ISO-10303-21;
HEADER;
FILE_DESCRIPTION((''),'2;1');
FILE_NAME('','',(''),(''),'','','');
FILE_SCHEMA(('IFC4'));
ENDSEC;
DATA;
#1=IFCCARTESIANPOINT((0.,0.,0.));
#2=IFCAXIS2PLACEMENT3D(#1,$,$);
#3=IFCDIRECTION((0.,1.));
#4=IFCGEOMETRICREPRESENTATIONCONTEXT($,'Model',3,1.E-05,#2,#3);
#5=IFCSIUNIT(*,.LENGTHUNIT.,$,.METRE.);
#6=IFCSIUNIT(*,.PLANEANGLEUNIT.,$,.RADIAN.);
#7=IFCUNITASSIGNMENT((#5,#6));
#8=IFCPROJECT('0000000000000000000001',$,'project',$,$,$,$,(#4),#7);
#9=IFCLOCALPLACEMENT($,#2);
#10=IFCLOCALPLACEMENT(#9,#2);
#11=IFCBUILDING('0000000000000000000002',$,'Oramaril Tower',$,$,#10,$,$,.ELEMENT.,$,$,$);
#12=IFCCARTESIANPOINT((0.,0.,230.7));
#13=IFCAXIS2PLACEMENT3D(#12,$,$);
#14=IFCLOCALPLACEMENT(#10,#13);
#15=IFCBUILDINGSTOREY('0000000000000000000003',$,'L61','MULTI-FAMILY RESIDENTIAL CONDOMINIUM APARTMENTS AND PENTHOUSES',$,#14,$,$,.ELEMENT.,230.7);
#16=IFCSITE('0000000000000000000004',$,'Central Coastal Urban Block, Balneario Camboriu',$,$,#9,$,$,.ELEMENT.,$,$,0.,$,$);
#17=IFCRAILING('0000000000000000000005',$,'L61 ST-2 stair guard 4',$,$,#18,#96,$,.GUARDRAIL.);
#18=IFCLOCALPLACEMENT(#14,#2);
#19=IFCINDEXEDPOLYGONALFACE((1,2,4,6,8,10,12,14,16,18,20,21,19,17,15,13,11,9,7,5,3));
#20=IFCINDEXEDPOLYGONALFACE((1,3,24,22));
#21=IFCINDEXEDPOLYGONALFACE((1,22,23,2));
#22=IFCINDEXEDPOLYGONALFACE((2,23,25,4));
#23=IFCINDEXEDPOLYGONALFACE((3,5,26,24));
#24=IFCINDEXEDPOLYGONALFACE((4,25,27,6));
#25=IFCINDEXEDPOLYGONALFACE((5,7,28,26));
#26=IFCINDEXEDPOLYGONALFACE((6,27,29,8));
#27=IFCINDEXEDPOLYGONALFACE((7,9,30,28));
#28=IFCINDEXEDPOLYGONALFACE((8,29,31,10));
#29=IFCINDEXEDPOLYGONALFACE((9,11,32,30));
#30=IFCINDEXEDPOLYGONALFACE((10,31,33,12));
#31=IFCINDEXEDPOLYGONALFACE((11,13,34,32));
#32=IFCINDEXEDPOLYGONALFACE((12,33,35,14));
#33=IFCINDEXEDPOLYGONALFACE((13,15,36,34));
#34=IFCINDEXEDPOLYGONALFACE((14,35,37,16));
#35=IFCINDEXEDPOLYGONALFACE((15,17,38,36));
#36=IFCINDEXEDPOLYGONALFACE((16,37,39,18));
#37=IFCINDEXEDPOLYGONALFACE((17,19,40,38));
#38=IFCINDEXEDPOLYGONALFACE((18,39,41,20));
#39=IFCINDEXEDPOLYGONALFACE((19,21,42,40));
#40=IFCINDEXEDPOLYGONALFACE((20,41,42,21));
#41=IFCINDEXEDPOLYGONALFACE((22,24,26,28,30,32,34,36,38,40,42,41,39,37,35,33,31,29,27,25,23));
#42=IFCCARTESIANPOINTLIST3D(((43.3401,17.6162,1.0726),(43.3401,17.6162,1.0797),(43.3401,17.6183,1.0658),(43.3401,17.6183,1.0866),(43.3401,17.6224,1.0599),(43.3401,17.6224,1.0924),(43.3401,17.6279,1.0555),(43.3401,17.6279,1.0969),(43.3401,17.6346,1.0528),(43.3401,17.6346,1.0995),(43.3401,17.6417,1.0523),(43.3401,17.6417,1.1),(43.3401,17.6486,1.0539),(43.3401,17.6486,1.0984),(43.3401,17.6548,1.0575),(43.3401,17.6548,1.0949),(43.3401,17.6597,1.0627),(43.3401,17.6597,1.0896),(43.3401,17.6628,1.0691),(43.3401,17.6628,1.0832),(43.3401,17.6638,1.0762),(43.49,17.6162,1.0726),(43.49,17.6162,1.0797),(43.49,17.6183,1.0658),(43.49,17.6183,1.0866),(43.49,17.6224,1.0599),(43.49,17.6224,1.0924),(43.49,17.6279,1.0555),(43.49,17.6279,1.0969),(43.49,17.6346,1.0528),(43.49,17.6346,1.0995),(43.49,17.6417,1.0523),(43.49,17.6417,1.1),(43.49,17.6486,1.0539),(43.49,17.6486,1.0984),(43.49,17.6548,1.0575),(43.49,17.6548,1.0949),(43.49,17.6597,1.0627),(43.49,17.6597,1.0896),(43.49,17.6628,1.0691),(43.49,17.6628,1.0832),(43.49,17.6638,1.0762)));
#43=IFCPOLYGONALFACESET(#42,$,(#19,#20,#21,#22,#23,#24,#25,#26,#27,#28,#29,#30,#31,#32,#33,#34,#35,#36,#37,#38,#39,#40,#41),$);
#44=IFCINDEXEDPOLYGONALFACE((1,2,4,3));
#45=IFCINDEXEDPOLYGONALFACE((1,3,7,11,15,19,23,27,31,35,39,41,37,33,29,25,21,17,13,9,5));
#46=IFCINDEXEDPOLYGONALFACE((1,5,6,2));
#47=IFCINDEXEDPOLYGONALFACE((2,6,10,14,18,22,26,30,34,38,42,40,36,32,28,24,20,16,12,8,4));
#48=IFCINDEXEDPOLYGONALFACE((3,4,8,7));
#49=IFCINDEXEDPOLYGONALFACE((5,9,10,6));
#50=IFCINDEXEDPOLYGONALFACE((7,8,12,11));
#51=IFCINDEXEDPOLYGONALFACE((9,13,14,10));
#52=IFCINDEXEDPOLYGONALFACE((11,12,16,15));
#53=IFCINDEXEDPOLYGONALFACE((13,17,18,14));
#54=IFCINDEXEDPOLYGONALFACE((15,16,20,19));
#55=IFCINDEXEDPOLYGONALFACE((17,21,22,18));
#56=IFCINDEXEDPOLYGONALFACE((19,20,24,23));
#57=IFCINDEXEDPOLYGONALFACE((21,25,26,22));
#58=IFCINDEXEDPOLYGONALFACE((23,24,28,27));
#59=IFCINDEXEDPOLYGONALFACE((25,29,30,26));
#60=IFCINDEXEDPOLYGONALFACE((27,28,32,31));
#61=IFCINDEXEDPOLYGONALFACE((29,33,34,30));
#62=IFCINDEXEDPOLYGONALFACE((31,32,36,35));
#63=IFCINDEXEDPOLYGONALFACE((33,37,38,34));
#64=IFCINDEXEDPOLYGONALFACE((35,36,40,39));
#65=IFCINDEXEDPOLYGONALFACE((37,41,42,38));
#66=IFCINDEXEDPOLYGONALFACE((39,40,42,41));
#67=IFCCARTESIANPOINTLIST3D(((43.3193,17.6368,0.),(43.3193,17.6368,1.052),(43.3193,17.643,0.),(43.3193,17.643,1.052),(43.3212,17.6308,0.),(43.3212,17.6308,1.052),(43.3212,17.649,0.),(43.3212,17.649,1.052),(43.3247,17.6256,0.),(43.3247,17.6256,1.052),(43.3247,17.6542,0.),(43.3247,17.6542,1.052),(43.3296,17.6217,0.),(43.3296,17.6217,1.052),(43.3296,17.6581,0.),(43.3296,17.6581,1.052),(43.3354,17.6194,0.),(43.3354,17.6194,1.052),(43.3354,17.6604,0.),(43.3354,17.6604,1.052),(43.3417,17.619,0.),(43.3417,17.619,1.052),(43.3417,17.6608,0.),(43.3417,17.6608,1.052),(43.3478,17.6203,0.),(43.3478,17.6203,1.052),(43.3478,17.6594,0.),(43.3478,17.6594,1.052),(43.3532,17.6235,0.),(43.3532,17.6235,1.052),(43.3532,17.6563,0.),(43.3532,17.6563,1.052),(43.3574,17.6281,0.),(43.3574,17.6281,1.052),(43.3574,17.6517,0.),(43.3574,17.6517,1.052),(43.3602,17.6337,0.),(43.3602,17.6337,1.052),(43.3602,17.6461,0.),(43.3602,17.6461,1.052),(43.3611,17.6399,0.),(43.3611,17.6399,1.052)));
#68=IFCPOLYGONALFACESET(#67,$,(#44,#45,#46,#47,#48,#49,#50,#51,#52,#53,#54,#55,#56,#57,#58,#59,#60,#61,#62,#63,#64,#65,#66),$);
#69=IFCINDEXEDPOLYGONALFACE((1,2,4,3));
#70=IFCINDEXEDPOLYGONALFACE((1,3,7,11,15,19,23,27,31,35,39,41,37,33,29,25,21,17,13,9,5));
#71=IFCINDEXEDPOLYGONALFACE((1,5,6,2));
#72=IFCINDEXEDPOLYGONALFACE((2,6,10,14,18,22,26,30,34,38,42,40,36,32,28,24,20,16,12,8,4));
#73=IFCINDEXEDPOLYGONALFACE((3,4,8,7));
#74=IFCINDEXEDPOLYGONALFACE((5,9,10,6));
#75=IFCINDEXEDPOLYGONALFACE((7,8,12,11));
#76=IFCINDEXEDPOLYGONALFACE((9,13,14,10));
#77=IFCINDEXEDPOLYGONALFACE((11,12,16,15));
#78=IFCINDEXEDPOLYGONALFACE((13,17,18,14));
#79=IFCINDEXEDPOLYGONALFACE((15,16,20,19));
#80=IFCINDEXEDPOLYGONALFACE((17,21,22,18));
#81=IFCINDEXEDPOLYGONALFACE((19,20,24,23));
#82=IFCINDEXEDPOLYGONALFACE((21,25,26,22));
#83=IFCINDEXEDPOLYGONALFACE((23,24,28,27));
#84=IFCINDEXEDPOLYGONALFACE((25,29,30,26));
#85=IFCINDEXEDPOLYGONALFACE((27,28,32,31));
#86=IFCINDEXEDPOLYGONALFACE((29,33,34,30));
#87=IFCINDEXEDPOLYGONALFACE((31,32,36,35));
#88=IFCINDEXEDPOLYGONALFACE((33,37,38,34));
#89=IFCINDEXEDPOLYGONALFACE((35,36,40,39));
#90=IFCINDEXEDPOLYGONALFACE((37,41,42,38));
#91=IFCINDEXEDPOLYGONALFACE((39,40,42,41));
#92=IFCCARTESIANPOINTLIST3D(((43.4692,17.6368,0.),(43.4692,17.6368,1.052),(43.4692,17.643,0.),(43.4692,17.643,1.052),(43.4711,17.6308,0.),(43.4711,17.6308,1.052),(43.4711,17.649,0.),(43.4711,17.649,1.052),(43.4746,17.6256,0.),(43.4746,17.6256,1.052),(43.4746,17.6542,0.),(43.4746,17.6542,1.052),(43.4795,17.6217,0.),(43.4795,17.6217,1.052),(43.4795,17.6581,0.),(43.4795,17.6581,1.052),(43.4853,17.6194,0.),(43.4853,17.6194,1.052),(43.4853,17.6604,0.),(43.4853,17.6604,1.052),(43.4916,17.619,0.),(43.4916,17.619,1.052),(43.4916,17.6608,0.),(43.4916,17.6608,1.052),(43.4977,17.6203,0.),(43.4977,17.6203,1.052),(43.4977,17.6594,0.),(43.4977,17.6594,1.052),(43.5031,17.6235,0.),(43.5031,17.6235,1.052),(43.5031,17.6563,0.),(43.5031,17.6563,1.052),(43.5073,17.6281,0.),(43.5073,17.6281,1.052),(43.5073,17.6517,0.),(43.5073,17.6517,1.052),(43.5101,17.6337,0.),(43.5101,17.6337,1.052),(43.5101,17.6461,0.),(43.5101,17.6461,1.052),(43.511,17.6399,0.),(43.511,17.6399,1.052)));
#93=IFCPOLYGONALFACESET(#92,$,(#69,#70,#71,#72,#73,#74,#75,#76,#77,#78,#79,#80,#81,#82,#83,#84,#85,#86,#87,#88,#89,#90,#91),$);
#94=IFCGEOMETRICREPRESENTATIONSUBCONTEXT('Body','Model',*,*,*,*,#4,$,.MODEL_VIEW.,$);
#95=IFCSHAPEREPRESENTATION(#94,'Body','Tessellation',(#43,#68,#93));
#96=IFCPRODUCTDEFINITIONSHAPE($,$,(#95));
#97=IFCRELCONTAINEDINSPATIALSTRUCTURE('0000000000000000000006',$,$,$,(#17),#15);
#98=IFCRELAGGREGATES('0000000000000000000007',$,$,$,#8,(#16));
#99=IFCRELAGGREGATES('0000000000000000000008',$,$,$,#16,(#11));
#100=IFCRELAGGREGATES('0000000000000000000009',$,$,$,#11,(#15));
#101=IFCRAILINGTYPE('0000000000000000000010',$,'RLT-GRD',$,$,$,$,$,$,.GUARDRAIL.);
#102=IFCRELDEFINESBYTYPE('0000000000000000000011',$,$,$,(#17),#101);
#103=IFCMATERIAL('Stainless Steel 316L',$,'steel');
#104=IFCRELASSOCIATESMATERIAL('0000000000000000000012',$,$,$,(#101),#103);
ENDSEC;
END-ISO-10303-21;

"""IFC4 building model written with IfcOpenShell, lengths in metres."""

from ifc_helpers import new_model, si_unit, direction, frame, origin, origin_2d, place, context, subcontext, project, spatial, circle, extrude, material, type_object, element, save


model = new_model("IFC4")

# Units and contexts
model_context = context("Model", 3, precision=1e-05, world=origin(), true_north=direction((0.0, 1.0)))
body_context = subcontext(model_context, "Body", "Model", "MODEL_VIEW")
ifc_project = project(units=[si_unit("LENGTHUNIT", "METRE"), si_unit("PLANEANGLEUNIT", "RADIAN")], contexts=[model_context])

# Site, building, storey
site_placement = place(None, origin())
site = spatial("IfcSite", under=ifc_project, at=site_placement, Name="Central Coastal Urban Block, Balneario Camboriu", CompositionType="ELEMENT", RefElevation=0.0)
building_placement = place(site_placement, origin())
building = spatial("IfcBuilding", under=site, at=building_placement, Name="Oramaril Tower", CompositionType="ELEMENT")
storey_placement = place(building_placement, frame((0.0, 0.0, 230.7)))
storey = spatial("IfcBuildingStorey", under=building, at=storey_placement, Name="L61", Description="MULTI-FAMILY RESIDENTIAL CONDOMINIUM APARTMENTS AND PENTHOUSES", CompositionType="ELEMENT", Elevation=230.7)

# Railing
ifc_material_1 = material(Name="Stainless Steel 316L", Category="steel")
railing_type_1 = type_object("IfcRailingType", Name="RLT-GRD", PredefinedType="GUARDRAIL", material=ifc_material_1)
railing_1_placement = place(storey_placement, frame((43.3401, 17.6399, 0.0)))
element("IfcRailing", 1, at=railing_1_placement, inside=storey, type_object=railing_type_1, Name="L61 ST-2 stair guard 4", PredefinedType="GUARDRAIL", context=body_context, shape_type="SweptSolid", body=[
    extrude(circle(Radius=0.0239, at=origin_2d()), frame((0.0, 0.0, 1.0762), z_axis=(1.0, 0.0, 0.0), x_axis=(0.0, 1.0, 0.0)), (0.0, 0.0, 1.0), 0.1499),
    extrude(circle(Radius=0.021, at=origin_2d()), origin(), (0.0, 0.0, 1.0), 1.052),
    extrude(circle(Radius=0.021, at=origin_2d()), frame((0.1499, 0.0, 0.0)), (0.0, 0.0, 1.0), 1.052),
])

save(model, "model.ifc")
